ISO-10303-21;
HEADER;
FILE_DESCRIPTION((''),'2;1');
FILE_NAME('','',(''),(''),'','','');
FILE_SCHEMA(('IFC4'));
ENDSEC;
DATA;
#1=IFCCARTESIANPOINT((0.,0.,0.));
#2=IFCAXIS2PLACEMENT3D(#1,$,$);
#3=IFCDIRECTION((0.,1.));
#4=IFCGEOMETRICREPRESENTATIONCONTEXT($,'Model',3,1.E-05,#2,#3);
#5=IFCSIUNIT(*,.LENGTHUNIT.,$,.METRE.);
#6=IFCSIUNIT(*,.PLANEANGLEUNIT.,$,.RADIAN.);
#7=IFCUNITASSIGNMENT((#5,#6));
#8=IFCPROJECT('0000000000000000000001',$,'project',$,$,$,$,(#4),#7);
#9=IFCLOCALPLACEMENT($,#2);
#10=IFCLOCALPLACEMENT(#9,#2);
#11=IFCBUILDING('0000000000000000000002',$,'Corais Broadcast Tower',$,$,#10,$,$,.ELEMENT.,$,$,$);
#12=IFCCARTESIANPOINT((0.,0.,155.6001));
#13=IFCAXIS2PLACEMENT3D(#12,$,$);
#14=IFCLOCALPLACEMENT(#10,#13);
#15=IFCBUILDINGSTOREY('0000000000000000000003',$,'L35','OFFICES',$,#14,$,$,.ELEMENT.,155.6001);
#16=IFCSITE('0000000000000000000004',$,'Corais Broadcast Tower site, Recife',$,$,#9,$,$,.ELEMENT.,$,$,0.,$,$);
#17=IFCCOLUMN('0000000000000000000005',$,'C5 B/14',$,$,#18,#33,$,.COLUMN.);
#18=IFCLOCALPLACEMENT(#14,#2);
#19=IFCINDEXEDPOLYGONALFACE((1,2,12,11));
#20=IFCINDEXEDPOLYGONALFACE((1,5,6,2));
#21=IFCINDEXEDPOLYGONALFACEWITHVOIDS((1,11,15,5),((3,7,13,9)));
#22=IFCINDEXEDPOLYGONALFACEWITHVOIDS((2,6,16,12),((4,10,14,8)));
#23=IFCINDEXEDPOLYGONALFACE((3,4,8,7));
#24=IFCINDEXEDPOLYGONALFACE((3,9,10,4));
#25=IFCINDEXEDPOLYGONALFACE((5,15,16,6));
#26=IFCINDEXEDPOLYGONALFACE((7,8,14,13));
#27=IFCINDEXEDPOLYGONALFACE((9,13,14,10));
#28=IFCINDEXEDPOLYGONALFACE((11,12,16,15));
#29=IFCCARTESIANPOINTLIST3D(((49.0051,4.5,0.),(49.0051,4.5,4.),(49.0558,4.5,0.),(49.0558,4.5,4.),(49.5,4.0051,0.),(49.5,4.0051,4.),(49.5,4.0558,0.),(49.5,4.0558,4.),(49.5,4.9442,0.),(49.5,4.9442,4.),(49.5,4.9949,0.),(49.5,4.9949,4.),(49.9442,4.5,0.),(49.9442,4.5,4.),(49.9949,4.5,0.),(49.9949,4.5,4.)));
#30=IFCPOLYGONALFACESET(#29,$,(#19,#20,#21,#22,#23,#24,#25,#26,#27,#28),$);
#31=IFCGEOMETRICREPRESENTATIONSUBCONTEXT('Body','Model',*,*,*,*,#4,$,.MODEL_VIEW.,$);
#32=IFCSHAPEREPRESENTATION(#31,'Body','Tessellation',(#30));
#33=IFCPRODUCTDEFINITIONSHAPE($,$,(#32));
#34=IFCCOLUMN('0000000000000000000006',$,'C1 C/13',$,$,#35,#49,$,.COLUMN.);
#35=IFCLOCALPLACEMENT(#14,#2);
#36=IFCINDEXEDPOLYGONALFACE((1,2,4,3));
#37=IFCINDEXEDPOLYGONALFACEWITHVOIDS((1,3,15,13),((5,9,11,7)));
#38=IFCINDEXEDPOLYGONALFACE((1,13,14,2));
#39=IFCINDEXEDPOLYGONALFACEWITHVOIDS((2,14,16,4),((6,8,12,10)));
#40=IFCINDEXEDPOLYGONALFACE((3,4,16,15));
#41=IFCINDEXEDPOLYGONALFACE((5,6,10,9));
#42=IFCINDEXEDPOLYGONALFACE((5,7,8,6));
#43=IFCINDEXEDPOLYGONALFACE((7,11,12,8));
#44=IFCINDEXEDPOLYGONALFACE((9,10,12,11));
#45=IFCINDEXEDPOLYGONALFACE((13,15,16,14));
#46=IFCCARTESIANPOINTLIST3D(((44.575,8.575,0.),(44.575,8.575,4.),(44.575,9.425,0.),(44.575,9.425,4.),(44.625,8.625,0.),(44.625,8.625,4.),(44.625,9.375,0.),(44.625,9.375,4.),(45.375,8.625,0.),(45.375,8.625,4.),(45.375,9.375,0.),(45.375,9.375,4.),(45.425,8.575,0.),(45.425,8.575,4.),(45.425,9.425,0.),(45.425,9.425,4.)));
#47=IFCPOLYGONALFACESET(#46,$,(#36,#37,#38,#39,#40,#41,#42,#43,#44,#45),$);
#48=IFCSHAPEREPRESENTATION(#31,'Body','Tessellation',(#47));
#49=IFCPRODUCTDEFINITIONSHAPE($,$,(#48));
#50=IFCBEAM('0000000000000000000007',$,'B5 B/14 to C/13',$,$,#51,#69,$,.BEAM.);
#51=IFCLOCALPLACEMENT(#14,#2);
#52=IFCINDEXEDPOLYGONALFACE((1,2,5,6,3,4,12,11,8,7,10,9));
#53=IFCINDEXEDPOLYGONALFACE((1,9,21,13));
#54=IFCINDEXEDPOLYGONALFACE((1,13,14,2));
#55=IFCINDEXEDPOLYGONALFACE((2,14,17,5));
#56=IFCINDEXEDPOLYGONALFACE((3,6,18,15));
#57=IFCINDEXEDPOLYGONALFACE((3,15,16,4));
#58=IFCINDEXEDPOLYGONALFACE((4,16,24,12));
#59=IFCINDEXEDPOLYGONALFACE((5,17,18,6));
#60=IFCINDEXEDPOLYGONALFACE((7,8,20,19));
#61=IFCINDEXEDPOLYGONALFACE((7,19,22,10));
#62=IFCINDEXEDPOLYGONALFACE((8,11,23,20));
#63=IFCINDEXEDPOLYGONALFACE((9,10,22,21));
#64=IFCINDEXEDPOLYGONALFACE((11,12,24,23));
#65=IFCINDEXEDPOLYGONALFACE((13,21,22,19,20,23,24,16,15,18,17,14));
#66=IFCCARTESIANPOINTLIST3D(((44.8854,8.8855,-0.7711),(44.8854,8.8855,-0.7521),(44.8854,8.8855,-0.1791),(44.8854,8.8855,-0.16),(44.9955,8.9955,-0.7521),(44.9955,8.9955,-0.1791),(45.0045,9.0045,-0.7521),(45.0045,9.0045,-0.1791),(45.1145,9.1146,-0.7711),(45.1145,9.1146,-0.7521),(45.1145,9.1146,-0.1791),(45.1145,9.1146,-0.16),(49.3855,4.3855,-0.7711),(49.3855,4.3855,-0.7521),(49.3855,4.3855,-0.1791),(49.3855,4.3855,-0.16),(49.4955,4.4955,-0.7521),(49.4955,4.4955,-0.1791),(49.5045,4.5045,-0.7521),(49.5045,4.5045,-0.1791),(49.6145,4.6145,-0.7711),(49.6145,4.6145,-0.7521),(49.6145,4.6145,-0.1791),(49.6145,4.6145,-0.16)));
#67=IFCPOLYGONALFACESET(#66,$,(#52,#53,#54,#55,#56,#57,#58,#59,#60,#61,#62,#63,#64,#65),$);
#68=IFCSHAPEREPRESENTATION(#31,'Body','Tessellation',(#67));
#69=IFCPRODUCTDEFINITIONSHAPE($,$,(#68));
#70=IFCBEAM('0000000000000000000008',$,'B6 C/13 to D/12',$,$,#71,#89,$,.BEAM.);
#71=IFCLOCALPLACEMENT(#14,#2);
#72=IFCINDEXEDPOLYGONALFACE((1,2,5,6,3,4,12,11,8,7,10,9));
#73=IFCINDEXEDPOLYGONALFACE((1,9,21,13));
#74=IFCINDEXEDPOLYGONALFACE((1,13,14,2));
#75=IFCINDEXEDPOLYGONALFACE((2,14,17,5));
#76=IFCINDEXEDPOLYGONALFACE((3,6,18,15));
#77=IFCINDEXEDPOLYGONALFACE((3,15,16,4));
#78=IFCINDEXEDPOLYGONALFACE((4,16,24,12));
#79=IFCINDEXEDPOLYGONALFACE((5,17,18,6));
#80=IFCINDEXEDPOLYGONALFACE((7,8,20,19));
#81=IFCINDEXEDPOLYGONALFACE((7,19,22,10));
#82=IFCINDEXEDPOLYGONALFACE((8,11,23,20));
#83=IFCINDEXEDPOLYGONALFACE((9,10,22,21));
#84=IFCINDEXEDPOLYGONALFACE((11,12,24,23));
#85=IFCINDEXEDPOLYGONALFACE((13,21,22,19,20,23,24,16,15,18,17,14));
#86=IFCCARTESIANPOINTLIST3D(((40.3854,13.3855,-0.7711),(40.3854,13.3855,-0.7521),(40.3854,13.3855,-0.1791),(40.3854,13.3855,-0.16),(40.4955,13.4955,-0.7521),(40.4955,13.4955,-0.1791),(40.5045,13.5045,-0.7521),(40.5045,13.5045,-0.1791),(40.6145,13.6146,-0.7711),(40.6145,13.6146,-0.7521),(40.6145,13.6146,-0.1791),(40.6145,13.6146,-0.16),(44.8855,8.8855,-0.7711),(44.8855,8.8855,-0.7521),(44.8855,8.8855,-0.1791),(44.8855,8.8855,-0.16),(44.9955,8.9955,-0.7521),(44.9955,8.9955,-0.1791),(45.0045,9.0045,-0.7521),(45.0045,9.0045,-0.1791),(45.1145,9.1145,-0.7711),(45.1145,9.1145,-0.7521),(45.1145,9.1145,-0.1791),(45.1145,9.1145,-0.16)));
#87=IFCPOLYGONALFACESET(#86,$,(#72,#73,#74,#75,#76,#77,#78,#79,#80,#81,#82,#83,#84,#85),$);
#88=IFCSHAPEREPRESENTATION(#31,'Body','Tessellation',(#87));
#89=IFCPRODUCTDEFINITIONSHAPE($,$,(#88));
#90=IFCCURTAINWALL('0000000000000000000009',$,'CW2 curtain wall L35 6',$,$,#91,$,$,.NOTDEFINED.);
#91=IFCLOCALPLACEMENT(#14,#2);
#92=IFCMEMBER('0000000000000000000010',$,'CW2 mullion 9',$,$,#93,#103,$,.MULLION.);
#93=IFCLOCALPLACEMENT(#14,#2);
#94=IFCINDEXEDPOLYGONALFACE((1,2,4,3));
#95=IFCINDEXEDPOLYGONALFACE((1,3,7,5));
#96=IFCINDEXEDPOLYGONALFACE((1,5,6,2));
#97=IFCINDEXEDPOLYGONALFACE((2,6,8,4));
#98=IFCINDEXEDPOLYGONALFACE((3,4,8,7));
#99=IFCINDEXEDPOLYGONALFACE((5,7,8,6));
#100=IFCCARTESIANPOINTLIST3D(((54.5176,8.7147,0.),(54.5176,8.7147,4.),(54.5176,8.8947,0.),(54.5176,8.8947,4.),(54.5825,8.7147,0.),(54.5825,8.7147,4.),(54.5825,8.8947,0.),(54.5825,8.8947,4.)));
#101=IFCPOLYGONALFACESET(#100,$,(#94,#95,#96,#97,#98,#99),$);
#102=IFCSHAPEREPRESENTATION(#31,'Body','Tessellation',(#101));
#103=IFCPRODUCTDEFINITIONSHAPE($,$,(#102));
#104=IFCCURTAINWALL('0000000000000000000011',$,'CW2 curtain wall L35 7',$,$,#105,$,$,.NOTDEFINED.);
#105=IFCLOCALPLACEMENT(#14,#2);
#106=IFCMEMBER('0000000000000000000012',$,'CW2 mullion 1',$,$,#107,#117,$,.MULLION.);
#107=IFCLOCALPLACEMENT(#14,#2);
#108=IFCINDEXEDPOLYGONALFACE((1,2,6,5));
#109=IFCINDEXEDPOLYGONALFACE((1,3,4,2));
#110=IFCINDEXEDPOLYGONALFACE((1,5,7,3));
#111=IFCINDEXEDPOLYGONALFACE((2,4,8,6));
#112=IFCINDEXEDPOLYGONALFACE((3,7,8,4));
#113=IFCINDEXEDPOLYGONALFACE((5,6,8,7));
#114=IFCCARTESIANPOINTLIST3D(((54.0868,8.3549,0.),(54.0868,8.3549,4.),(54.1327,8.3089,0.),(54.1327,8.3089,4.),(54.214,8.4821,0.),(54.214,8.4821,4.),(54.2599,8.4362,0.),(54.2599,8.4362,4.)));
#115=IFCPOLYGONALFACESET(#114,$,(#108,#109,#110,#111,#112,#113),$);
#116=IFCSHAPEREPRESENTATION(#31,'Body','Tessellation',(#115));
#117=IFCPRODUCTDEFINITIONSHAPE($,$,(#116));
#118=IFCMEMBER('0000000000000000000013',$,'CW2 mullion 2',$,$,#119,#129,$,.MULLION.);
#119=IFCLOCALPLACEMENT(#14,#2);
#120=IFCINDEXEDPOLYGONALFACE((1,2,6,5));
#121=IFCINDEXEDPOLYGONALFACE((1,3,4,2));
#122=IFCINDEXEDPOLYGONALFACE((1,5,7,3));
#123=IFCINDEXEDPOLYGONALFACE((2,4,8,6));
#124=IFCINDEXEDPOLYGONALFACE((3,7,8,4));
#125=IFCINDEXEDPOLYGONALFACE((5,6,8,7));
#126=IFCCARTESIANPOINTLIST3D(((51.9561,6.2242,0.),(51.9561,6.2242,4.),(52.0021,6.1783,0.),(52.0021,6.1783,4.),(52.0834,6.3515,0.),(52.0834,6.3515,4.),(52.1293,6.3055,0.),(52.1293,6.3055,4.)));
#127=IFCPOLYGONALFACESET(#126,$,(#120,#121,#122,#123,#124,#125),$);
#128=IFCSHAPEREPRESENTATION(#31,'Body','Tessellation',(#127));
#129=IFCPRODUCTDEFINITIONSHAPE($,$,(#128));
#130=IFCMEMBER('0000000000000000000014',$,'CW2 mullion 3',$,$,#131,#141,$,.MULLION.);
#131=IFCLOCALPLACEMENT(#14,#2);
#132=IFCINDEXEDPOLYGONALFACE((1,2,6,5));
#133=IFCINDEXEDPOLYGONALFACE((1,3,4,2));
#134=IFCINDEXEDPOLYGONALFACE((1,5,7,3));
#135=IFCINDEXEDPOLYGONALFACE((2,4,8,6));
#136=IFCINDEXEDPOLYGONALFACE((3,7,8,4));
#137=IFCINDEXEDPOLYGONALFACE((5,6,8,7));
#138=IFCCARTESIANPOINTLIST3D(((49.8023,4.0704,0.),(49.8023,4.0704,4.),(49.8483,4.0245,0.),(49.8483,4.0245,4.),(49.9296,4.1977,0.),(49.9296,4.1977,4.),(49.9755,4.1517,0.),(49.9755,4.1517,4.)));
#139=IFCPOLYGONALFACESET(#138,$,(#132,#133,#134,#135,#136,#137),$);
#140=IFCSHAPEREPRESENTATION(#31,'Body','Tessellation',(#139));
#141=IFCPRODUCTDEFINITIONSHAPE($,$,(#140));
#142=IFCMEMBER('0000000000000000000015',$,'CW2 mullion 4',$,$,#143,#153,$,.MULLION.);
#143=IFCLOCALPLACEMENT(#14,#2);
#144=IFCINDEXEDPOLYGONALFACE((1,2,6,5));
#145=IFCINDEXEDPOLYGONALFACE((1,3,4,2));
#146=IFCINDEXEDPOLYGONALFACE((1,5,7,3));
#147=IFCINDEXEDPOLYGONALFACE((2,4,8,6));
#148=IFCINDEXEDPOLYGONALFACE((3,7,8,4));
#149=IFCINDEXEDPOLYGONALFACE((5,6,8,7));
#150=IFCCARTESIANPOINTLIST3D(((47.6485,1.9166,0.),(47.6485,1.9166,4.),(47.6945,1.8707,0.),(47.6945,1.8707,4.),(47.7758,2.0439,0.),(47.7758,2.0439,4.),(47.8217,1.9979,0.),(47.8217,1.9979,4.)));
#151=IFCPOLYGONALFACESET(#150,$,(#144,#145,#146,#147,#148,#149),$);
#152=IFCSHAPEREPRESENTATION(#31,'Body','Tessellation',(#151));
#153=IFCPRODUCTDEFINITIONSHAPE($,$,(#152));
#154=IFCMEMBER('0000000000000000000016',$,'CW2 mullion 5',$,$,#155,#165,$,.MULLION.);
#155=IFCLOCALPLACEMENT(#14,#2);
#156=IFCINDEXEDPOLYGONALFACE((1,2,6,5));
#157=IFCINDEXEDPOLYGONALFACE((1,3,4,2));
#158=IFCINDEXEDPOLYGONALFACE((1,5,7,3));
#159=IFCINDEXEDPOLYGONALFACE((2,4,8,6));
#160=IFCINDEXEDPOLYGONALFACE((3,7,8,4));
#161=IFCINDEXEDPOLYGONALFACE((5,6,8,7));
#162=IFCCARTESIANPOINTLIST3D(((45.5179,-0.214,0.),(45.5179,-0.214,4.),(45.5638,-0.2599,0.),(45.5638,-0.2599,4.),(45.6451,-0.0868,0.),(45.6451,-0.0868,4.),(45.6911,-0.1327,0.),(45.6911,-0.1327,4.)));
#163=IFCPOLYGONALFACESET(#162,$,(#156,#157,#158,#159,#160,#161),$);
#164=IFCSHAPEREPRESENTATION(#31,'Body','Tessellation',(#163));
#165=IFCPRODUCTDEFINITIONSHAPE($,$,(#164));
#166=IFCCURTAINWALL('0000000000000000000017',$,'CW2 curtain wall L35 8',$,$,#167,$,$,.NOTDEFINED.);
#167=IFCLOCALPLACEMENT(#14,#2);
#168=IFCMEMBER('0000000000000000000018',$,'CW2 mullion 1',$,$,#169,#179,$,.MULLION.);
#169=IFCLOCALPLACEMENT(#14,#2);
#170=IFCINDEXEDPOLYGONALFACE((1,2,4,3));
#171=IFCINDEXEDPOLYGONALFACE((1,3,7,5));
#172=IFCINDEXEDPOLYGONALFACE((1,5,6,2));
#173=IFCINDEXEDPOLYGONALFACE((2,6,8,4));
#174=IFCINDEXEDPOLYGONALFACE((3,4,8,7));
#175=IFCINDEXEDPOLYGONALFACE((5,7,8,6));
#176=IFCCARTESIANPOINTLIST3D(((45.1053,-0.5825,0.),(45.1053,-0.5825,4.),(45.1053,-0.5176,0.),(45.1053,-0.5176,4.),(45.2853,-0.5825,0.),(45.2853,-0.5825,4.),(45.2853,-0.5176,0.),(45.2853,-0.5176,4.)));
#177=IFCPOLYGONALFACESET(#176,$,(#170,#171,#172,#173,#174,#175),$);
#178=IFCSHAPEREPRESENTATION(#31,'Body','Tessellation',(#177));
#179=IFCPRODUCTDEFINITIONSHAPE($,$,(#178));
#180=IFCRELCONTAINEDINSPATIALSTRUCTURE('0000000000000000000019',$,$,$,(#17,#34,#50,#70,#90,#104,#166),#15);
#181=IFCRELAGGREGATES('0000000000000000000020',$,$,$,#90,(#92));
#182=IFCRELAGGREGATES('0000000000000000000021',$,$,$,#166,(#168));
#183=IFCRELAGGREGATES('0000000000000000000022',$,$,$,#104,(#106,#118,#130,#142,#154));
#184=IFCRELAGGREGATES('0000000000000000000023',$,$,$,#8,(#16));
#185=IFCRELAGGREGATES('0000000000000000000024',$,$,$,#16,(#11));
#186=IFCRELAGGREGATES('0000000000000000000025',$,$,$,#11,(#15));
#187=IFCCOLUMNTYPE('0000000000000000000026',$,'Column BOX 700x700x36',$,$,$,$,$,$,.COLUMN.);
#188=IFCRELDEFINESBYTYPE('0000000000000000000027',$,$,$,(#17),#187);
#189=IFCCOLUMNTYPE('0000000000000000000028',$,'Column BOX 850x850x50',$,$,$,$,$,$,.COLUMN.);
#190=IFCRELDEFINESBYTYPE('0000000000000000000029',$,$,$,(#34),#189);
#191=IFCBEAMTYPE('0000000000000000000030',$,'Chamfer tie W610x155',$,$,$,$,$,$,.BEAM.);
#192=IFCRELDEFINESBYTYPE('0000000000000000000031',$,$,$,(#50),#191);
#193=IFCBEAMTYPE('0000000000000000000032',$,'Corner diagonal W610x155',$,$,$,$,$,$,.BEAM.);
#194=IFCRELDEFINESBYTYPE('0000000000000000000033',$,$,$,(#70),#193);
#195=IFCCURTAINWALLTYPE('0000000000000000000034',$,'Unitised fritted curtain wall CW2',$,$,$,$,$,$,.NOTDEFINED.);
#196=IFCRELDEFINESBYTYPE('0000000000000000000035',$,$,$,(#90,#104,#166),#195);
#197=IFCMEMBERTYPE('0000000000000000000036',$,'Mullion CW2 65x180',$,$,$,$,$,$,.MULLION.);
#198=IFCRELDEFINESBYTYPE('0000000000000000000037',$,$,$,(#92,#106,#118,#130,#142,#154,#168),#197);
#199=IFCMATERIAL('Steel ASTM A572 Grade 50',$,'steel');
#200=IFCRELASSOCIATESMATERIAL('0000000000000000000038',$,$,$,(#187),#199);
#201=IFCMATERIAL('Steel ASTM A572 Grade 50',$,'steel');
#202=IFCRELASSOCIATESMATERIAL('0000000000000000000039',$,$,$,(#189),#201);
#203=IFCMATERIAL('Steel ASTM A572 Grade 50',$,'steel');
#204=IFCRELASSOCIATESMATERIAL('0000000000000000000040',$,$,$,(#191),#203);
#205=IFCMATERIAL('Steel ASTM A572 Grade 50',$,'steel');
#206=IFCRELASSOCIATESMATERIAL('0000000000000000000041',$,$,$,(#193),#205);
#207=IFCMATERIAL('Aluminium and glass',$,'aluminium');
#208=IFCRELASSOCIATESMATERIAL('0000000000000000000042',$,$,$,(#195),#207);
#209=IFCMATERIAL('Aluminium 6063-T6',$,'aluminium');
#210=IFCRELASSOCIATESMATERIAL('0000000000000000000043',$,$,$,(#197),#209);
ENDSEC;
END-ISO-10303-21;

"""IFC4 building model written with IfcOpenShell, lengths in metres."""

from ifc_helpers import new_model, si_unit, direction, frame, origin, origin_2d, place, context, subcontext, project, spatial, rectangle, hollow_rectangle, i_section, extrude, material, material_profile, profile_set, type_object, element, aggregate, save


model = new_model("IFC4")

# Units and contexts
model_context = context("Model", 3, precision=1e-05, world=origin(), true_north=direction((0.0, 1.0)))
body_context = subcontext(model_context, "Body", "Model", "MODEL_VIEW")
ifc_project = project(units=[si_unit("LENGTHUNIT", "METRE"), si_unit("PLANEANGLEUNIT", "RADIAN")], contexts=[model_context])

# Site, building, storey
site_placement = place(None, origin())
site = spatial("IfcSite", under=ifc_project, at=site_placement, Name="Corais Broadcast Tower site, Recife", CompositionType="ELEMENT", RefElevation=0.0)
building_placement = place(site_placement, origin())
building = spatial("IfcBuilding", under=site, at=building_placement, Name="Corais Broadcast Tower", CompositionType="ELEMENT")
storey_placement = place(building_placement, frame((0.0, 0.0, 155.6001)))
storey = spatial("IfcBuildingStorey", under=building, at=storey_placement, Name="L35", Description="OFFICES", CompositionType="ELEMENT", Elevation=155.6001)

# Columns
ifc_material_1 = material(Name="Steel ASTM A572 Grade 50", Category="steel")
ifc_material_profile_1 = material_profile(ifc_material_1, hollow_rectangle(XDim=0.7, YDim=0.7, WallThickness=0.0359, at=origin_2d()), Name="BOX 700x700x36")
ifc_profile_set_1 = profile_set([ifc_material_profile_1], Name="Steel ASTM A572 Grade 50")
column_type_1 = type_object("IfcColumnType", Name="Column BOX 700x700x36", PredefinedType="COLUMN", material=ifc_profile_set_1)
column_1_placement = place(storey_placement, frame((49.5, 4.5, 0.0), z_axis=(0.0, 0.0, 1.0), x_axis=(0.707107, 0.707107, 0.0)))
element("IfcColumn", 1, at=column_1_placement, inside=storey, type_object=column_type_1, Name="C5 B/14", PredefinedType="COLUMN", context=body_context, shape_type="SweptSolid", body=[
    extrude(hollow_rectangle(XDim=0.7, YDim=0.7, WallThickness=0.0359, at=origin_2d()), origin(), (0.0, 0.0, 1.0), 4.0),
])
ifc_material_2 = material(Name="Steel ASTM A572 Grade 50", Category="steel")
ifc_material_profile_2 = material_profile(ifc_material_2, hollow_rectangle(XDim=0.8501, YDim=0.8501, WallThickness=0.05, at=origin_2d()), Name="BOX 850x850x50")
ifc_profile_set_2 = profile_set([ifc_material_profile_2], Name="Steel ASTM A572 Grade 50")
column_type_2 = type_object("IfcColumnType", Name="Column BOX 850x850x50", PredefinedType="COLUMN", material=ifc_profile_set_2)
column_2_placement = place(storey_placement, frame((45.0, 9.0, 0.0), z_axis=(0.0, 0.0, 1.0), x_axis=(1.0, 0.0, 0.0)))
element("IfcColumn", 2, at=column_2_placement, inside=storey, type_object=column_type_2, Name="C1 C/13", PredefinedType="COLUMN", context=body_context, shape_type="SweptSolid", body=[
    extrude(hollow_rectangle(XDim=0.8501, YDim=0.8501, WallThickness=0.05, at=origin_2d()), origin(), (0.0, 0.0, 1.0), 4.0),
])

# Beams
ifc_material_3 = material(Name="Steel ASTM A572 Grade 50", Category="steel")
ifc_material_profile_3 = material_profile(ifc_material_3, i_section(OverallWidth=0.324, OverallDepth=0.6111, WebThickness=0.0127, FlangeThickness=0.019, at=origin_2d()), Name="W610x155")
ifc_profile_set_3 = profile_set([ifc_material_profile_3], Name="Steel ASTM A572 Grade 50")
beam_type_1 = type_object("IfcBeamType", Name="Chamfer tie W610x155", PredefinedType="BEAM", material=ifc_profile_set_3)
beam_1_placement = place(storey_placement, frame((49.5, 4.5, -0.4656), z_axis=(-0.707107, 0.707107, 0.0), x_axis=(-0.707107, -0.707107, 0.0)))
element("IfcBeam", 3, at=beam_1_placement, inside=storey, type_object=beam_type_1, Name="B5 B/14 to C/13", PredefinedType="BEAM", context=body_context, shape_type="SweptSolid", body=[
    extrude(i_section(OverallWidth=0.324, OverallDepth=0.6111, WebThickness=0.0127, FlangeThickness=0.019, at=origin_2d()), origin(), (0.0, 0.0, 1.0), 6.364),
])
ifc_material_4 = material(Name="Steel ASTM A572 Grade 50", Category="steel")
ifc_material_profile_4 = material_profile(ifc_material_4, i_section(OverallWidth=0.324, OverallDepth=0.6111, WebThickness=0.0127, FlangeThickness=0.019, at=origin_2d()), Name="W610x155")
ifc_profile_set_4 = profile_set([ifc_material_profile_4], Name="Steel ASTM A572 Grade 50")
beam_type_2 = type_object("IfcBeamType", Name="Corner diagonal W610x155", PredefinedType="BEAM", material=ifc_profile_set_4)
beam_2_placement = place(storey_placement, frame((45.0, 9.0, -0.4656), z_axis=(-0.707107, 0.707107, 0.0), x_axis=(-0.707107, -0.707107, 0.0)))
element("IfcBeam", 4, at=beam_2_placement, inside=storey, type_object=beam_type_2, Name="B6 C/13 to D/12", PredefinedType="BEAM", context=body_context, shape_type="SweptSolid", body=[
    extrude(i_section(OverallWidth=0.324, OverallDepth=0.6111, WebThickness=0.0127, FlangeThickness=0.019, at=origin_2d()), origin(), (0.0, 0.0, 1.0), 6.364),
])

# Curtain wall, member
ifc_material_5 = material(Name="Aluminium and glass", Category="aluminium")
curtain_wall_type = type_object("IfcCurtainWallType", Name="Unitised fritted curtain wall CW2", PredefinedType="NOTDEFINED", material=ifc_material_5)
curtain_wall_1_placement = place(storey_placement, origin())
curtain_wall_1 = element("IfcCurtainWall", 5, at=curtain_wall_1_placement, inside=storey, type_object=curtain_wall_type, Name="CW2 curtain wall L35 6", PredefinedType="NOTDEFINED")
ifc_material_6 = material(Name="Aluminium 6063-T6", Category="aluminium")
ifc_material_profile_5 = material_profile(ifc_material_6, rectangle(XDim=0.0649, YDim=0.1799, at=origin_2d()), Name="Mullion CW2 65x180")
ifc_profile_set_5 = profile_set([ifc_material_profile_5], Name="Aluminium 6063-T6")
member_type_1 = type_object("IfcMemberType", Name="Mullion CW2 65x180", PredefinedType="MULLION", material=ifc_profile_set_5)
member_1_placement = place(storey_placement, frame((54.55, 8.8047, 0.0), z_axis=(0.0, 0.0, 1.0), x_axis=(1.0, 0.0, 0.0)))
member_1 = element("IfcMember", 6, at=member_1_placement, type_object=member_type_1, Name="CW2 mullion 9", PredefinedType="MULLION", context=body_context, shape_type="SweptSolid", body=[
    extrude(rectangle(XDim=0.0649, YDim=0.1799, at=origin_2d()), origin(), (0.0, 0.0, 1.0), 4.0),
])
aggregate(curtain_wall_1, [member_1])

# Curtain wall, members
curtain_wall_2_placement = place(storey_placement, origin())
curtain_wall_2 = element("IfcCurtainWall", 7, at=curtain_wall_2_placement, inside=storey, type_object=curtain_wall_type, Name="CW2 curtain wall L35 7", PredefinedType="NOTDEFINED")
member_2_placement = place(storey_placement, frame((54.1733, 8.3955, 0.0), z_axis=(0.0, 0.0, 1.0), x_axis=(0.707107, -0.707107, 0.0)))
member_2 = element("IfcMember", 8, at=member_2_placement, type_object=member_type_1, Name="CW2 mullion 1", PredefinedType="MULLION", context=body_context, shape_type="SweptSolid", body=[
    extrude(rectangle(XDim=0.0649, YDim=0.1799, at=origin_2d()), origin(), (0.0, 0.0, 1.0), 4.0),
])
member_3_placement = place(storey_placement, frame((52.0427, 6.2649, 0.0), z_axis=(0.0, 0.0, 1.0), x_axis=(0.707107, -0.707107, 0.0)))
member_3 = element("IfcMember", 9, at=member_3_placement, type_object=member_type_1, Name="CW2 mullion 2", PredefinedType="MULLION", context=body_context, shape_type="SweptSolid", body=[
    extrude(rectangle(XDim=0.0649, YDim=0.1799, at=origin_2d()), origin(), (0.0, 0.0, 1.0), 4.0),
])
member_4_placement = place(storey_placement, frame((49.8889, 4.1111, 0.0), z_axis=(0.0, 0.0, 1.0), x_axis=(0.707107, -0.707107, 0.0)))
member_4 = element("IfcMember", 10, at=member_4_placement, type_object=member_type_1, Name="CW2 mullion 3", PredefinedType="MULLION", context=body_context, shape_type="SweptSolid", body=[
    extrude(rectangle(XDim=0.0649, YDim=0.1799, at=origin_2d()), origin(), (0.0, 0.0, 1.0), 4.0),
])
member_5_placement = place(storey_placement, frame((47.7351, 1.9573, 0.0), z_axis=(0.0, 0.0, 1.0), x_axis=(0.707107, -0.707107, 0.0)))
member_5 = element("IfcMember", 11, at=member_5_placement, type_object=member_type_1, Name="CW2 mullion 4", PredefinedType="MULLION", context=body_context, shape_type="SweptSolid", body=[
    extrude(rectangle(XDim=0.0649, YDim=0.1799, at=origin_2d()), origin(), (0.0, 0.0, 1.0), 4.0),
])
member_6_placement = place(storey_placement, frame((45.6045, -0.1733, 0.0), z_axis=(0.0, 0.0, 1.0), x_axis=(0.707107, -0.707107, 0.0)))
member_6 = element("IfcMember", 12, at=member_6_placement, type_object=member_type_1, Name="CW2 mullion 5", PredefinedType="MULLION", context=body_context, shape_type="SweptSolid", body=[
    extrude(rectangle(XDim=0.0649, YDim=0.1799, at=origin_2d()), origin(), (0.0, 0.0, 1.0), 4.0),
])

# Curtain wall, member
curtain_wall_3_placement = place(storey_placement, origin())
curtain_wall_3 = element("IfcCurtainWall", 13, at=curtain_wall_3_placement, inside=storey, type_object=curtain_wall_type, Name="CW2 curtain wall L35 8", PredefinedType="NOTDEFINED")
member_7_placement = place(storey_placement, frame((45.1953, -0.55, 0.0), z_axis=(0.0, 0.0, 1.0), x_axis=(0.0, -1.0, 0.0)))
member_7 = element("IfcMember", 14, at=member_7_placement, type_object=member_type_1, Name="CW2 mullion 1", PredefinedType="MULLION", context=body_context, shape_type="SweptSolid", body=[
    extrude(rectangle(XDim=0.0649, YDim=0.1799, at=origin_2d()), origin(), (0.0, 0.0, 1.0), 4.0),
])

aggregate(curtain_wall_3, [member_7])

aggregate(curtain_wall_2, [member_2, member_3, member_4, member_5, member_6])

save(model, "model.ifc")
